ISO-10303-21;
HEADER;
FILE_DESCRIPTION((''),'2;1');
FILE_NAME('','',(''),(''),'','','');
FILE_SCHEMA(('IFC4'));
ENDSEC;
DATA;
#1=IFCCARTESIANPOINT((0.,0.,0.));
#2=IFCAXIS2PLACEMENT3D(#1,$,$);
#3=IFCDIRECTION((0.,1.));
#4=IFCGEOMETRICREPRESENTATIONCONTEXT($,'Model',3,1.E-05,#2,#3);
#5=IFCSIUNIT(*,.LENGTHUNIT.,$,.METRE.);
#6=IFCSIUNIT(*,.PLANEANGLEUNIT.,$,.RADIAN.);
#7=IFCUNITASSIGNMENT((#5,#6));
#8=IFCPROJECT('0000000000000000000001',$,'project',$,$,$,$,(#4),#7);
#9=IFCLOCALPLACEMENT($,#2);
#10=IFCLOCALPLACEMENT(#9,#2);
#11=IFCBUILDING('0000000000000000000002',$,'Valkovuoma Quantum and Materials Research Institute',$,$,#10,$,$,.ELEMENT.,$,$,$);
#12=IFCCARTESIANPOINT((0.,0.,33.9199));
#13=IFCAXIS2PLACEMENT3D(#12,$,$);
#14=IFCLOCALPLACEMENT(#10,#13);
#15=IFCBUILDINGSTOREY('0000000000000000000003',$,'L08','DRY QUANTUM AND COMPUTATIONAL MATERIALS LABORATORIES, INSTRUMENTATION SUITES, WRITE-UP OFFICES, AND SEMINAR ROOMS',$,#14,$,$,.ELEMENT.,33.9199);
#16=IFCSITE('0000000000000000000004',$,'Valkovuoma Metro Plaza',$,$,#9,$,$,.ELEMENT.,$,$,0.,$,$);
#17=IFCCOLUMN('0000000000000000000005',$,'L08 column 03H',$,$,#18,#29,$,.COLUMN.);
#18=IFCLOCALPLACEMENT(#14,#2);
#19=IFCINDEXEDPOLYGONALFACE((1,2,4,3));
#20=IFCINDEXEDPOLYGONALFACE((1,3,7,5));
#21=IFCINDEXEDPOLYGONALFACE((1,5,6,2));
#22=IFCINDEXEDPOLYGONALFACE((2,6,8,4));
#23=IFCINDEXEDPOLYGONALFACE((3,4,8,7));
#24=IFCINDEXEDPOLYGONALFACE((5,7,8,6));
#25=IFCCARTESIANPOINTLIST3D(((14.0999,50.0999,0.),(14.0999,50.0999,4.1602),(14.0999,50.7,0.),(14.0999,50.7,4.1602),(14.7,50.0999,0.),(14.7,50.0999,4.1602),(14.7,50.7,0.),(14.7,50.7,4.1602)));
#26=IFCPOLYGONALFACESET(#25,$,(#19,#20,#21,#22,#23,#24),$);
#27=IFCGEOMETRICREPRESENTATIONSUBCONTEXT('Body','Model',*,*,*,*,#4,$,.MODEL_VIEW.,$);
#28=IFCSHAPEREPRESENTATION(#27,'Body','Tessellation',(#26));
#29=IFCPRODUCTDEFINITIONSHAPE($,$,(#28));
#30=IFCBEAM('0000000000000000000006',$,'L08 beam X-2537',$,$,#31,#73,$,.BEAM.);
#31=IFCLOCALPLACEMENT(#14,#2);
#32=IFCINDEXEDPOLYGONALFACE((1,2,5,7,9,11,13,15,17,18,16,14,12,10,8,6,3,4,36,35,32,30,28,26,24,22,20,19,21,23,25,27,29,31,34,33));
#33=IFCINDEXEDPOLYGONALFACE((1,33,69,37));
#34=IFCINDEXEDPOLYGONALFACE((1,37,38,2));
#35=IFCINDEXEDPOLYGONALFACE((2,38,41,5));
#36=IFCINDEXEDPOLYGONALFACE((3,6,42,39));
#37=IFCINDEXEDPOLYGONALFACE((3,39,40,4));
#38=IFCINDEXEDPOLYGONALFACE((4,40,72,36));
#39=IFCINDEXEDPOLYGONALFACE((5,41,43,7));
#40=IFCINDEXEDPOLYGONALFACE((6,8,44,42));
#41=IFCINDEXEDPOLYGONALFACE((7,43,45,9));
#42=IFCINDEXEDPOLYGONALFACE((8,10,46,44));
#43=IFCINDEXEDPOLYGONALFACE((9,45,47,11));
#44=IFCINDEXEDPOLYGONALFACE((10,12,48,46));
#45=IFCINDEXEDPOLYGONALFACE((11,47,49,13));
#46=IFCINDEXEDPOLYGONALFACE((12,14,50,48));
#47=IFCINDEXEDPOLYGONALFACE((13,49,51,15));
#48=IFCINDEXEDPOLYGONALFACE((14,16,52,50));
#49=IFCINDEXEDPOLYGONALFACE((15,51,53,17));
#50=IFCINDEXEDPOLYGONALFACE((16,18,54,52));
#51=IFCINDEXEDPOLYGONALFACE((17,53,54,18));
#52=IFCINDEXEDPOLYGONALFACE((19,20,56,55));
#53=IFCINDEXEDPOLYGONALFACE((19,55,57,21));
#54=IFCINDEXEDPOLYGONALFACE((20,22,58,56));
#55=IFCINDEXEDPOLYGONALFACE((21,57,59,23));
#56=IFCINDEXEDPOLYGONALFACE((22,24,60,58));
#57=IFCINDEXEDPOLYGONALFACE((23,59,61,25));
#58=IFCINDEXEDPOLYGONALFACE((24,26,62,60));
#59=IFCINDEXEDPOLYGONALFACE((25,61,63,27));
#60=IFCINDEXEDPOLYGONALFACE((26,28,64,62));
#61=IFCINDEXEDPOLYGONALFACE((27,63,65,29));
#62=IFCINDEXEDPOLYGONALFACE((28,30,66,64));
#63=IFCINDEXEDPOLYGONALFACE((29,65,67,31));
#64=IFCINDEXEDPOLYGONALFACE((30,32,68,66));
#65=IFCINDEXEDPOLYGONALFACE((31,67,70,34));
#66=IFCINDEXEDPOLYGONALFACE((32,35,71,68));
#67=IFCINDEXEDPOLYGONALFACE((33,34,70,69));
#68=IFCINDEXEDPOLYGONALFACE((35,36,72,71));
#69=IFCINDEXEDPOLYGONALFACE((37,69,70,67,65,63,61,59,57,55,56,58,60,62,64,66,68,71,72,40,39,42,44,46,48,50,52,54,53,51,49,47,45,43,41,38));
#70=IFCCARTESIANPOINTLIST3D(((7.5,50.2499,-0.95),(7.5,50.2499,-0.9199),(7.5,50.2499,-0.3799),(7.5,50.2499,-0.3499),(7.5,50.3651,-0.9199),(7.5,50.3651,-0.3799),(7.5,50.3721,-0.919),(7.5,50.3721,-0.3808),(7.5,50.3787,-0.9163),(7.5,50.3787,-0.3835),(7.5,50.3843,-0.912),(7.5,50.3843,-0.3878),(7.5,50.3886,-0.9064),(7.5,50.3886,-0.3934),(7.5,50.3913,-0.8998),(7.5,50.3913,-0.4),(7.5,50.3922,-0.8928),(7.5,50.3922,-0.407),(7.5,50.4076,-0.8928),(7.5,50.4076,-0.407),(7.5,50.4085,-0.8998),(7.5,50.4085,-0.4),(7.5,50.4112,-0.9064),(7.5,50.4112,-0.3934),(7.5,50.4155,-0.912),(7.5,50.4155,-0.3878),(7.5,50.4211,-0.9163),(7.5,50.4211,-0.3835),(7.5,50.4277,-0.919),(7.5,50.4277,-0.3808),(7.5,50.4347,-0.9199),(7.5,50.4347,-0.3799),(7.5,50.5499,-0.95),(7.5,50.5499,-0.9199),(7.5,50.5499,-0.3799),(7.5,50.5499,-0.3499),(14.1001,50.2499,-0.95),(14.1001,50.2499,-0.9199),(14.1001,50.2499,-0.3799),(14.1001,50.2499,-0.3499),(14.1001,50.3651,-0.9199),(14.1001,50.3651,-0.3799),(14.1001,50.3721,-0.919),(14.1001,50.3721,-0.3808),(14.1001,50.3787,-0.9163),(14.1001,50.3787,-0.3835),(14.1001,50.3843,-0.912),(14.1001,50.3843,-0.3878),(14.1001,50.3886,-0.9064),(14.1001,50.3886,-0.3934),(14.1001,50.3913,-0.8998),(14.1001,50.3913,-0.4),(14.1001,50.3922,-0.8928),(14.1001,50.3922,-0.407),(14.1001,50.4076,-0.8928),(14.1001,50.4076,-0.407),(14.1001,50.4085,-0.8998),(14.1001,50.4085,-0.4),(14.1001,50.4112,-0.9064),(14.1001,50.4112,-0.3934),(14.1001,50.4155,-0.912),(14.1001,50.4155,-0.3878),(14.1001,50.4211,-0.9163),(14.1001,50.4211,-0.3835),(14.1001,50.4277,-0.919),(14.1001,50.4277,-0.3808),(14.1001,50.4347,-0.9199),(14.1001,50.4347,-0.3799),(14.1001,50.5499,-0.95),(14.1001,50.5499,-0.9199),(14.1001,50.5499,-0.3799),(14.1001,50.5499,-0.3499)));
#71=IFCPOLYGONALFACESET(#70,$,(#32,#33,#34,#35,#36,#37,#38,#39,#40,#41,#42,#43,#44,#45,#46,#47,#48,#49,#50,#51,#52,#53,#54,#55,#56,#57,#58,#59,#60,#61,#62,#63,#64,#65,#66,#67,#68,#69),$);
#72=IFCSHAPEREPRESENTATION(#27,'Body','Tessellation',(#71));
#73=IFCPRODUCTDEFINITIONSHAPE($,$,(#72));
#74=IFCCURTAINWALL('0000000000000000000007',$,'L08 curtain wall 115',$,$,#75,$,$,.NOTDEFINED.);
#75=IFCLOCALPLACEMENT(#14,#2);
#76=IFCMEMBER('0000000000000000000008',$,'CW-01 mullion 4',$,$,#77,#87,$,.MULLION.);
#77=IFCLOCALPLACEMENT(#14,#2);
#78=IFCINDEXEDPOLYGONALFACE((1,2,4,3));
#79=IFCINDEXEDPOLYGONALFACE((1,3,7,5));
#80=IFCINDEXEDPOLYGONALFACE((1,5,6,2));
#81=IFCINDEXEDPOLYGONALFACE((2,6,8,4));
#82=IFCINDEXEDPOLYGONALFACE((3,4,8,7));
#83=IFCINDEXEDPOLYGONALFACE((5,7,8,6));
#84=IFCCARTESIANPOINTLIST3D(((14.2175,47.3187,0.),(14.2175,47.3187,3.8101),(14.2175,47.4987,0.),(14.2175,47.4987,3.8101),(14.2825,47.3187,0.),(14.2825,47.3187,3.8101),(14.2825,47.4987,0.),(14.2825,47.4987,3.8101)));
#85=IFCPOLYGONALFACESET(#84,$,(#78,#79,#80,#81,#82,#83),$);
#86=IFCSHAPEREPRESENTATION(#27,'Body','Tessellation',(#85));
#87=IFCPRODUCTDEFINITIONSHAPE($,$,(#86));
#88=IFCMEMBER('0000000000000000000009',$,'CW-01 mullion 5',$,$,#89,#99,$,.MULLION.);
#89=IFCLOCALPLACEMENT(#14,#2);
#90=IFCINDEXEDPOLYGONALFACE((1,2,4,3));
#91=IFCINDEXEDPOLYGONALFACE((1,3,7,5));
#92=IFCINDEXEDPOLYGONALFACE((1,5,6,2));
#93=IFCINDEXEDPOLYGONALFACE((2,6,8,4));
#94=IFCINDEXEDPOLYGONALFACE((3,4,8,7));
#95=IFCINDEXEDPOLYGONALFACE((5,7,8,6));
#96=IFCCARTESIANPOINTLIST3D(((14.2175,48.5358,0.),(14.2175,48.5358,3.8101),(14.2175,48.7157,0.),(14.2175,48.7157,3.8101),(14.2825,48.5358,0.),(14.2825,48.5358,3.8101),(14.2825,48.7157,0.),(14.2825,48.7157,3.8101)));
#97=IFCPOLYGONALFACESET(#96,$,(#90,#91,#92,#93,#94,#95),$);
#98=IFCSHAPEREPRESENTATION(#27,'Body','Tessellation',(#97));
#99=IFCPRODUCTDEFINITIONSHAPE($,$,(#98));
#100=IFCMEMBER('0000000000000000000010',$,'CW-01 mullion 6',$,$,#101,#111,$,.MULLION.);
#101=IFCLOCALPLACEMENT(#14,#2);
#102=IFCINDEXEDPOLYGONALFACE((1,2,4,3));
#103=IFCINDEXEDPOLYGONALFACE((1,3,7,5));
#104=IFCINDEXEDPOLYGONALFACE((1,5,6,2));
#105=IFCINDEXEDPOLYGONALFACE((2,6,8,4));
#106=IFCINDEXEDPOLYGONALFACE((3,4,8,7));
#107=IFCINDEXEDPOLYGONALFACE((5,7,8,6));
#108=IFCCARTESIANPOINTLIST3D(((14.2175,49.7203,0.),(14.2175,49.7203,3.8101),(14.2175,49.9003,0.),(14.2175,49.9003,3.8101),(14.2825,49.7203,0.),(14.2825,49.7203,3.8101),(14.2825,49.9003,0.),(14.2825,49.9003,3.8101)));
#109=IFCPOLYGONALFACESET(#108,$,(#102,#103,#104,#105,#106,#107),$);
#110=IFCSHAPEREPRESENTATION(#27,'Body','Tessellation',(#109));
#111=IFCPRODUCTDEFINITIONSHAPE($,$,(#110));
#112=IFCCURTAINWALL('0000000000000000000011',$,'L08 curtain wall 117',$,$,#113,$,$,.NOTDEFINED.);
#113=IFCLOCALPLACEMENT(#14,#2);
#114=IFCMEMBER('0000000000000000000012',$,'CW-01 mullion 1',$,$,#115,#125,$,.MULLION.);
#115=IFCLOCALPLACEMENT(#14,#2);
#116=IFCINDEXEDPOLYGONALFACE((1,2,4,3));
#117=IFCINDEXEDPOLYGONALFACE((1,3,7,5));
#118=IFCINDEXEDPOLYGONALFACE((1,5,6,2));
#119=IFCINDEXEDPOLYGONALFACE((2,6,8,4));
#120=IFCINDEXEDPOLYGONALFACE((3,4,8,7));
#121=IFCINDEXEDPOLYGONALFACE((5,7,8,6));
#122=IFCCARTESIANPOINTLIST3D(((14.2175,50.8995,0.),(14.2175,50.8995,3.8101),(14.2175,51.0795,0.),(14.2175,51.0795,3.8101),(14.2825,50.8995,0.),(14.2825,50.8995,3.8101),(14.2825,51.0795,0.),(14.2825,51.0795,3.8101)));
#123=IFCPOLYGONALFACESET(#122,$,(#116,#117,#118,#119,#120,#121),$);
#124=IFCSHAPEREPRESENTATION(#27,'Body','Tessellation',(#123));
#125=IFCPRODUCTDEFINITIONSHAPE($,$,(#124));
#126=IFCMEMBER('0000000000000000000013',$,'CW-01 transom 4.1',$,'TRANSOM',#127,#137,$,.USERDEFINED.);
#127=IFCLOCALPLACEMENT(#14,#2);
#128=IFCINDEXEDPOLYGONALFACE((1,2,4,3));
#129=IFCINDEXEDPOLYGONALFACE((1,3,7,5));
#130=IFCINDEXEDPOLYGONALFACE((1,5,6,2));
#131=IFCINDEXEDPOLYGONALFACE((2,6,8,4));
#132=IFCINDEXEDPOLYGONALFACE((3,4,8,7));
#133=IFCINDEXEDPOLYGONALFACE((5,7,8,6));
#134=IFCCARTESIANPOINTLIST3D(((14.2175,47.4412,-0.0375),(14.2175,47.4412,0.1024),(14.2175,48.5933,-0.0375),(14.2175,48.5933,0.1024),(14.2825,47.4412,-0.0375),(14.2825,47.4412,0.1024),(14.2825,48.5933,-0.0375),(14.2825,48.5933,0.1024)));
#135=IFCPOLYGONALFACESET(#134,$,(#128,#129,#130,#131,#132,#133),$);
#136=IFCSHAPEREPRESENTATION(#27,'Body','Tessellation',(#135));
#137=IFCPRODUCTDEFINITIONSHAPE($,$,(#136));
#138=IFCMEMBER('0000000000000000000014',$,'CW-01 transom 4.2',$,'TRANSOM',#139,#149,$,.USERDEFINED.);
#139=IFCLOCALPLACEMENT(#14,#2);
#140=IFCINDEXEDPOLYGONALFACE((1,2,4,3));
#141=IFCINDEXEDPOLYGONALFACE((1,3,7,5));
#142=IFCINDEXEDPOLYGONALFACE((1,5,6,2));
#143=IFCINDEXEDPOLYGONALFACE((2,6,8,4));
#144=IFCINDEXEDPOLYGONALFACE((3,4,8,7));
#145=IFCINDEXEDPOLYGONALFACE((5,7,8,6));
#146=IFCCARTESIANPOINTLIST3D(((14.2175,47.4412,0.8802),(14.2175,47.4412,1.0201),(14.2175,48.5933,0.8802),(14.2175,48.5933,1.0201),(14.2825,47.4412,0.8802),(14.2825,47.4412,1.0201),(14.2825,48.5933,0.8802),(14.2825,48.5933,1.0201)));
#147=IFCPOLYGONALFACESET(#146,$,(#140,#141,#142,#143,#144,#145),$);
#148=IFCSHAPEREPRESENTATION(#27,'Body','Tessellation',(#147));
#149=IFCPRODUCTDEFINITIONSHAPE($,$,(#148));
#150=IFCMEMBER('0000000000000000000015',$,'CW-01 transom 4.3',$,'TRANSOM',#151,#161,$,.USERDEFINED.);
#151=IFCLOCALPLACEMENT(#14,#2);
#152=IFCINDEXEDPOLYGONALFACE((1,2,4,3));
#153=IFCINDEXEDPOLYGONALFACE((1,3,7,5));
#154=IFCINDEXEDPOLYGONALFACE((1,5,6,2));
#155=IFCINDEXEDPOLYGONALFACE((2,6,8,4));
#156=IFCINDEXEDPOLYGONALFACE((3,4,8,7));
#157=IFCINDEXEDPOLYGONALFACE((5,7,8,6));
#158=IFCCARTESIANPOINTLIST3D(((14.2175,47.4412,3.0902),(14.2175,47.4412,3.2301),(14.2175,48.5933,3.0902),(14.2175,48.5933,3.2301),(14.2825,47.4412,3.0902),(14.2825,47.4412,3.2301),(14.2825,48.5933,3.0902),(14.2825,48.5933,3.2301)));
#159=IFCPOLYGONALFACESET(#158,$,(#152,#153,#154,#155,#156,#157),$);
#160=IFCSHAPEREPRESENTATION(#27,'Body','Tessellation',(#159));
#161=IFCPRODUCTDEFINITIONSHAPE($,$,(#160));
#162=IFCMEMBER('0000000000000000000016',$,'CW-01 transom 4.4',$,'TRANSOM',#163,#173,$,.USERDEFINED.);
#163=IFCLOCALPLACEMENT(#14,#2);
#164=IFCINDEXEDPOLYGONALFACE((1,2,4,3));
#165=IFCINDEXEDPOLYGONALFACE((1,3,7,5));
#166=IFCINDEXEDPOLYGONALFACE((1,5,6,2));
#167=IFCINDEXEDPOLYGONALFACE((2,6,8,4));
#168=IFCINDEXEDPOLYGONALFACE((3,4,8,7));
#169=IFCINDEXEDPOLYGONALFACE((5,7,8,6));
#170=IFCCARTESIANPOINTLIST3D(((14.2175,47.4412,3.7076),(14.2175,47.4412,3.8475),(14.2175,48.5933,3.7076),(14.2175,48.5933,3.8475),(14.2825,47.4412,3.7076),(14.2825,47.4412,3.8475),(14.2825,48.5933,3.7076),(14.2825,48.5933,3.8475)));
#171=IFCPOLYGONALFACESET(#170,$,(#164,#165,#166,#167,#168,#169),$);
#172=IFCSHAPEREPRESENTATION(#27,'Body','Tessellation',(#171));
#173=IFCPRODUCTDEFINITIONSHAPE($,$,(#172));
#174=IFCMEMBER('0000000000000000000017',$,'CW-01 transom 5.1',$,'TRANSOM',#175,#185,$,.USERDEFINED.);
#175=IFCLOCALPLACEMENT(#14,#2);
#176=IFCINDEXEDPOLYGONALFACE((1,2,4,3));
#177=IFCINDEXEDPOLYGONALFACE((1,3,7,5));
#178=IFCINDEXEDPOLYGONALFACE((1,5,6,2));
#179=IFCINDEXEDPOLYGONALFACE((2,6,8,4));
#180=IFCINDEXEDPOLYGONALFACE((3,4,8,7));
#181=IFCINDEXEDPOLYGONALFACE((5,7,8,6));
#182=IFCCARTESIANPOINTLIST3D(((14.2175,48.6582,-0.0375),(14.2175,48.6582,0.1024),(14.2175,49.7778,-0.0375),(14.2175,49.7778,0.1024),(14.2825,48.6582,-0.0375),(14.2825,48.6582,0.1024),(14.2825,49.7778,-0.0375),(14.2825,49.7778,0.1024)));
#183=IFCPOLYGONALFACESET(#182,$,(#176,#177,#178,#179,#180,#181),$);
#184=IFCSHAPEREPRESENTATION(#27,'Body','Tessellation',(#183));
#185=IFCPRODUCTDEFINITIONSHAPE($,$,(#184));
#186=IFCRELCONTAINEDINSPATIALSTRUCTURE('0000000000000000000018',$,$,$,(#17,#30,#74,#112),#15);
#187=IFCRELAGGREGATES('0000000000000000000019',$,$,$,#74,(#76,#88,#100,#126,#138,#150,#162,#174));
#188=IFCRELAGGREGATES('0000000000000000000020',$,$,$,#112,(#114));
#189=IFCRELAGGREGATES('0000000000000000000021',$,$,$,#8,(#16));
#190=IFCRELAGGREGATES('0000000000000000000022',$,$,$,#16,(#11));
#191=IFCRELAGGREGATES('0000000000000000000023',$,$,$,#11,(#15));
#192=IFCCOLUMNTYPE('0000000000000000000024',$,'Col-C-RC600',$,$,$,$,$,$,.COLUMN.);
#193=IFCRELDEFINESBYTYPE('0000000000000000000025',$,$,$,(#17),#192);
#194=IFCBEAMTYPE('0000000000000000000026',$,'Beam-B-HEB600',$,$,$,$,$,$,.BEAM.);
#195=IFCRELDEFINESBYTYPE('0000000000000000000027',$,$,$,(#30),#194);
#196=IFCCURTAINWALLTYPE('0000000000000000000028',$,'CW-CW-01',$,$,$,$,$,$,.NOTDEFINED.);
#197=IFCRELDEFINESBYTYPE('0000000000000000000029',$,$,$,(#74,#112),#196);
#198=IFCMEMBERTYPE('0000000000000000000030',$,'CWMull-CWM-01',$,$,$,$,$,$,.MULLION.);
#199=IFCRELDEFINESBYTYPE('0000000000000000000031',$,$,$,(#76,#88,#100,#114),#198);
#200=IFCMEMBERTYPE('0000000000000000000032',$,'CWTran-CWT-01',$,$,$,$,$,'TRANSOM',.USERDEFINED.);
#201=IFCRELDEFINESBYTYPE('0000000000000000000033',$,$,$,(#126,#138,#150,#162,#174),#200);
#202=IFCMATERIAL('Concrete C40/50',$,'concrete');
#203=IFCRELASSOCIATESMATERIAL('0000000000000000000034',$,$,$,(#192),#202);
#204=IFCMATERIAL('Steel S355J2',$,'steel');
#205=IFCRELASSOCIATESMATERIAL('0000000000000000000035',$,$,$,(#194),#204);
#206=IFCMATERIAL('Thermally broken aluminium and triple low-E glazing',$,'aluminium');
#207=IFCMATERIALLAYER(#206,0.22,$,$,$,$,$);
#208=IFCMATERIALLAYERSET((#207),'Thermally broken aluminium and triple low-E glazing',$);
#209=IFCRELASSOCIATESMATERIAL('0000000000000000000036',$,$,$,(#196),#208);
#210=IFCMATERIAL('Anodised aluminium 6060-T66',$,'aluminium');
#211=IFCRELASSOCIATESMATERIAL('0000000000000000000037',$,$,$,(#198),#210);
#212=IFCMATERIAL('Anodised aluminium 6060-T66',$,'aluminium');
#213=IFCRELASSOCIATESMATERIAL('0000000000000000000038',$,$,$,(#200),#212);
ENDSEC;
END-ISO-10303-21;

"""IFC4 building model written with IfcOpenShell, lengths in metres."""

from ifc_helpers import new_model, si_unit, direction, frame, origin, origin_2d, place, context, subcontext, project, spatial, rectangle, i_section, extrude, material, layer, layer_set, material_profile, profile_set, type_object, element, aggregate, save


model = new_model("IFC4")

# Units and contexts
model_context = context("Model", 3, precision=1e-05, world=origin(), true_north=direction((0.0, 1.0)))
body_context = subcontext(model_context, "Body", "Model", "MODEL_VIEW")
ifc_project = project(units=[si_unit("LENGTHUNIT", "METRE"), si_unit("PLANEANGLEUNIT", "RADIAN")], contexts=[model_context])

# Site, building, storey
site_placement = place(None, origin())
site = spatial("IfcSite", under=ifc_project, at=site_placement, Name="Valkovuoma Metro Plaza", CompositionType="ELEMENT", RefElevation=0.0)
building_placement = place(site_placement, origin())
building = spatial("IfcBuilding", under=site, at=building_placement, Name="Valkovuoma Quantum and Materials Research Institute", CompositionType="ELEMENT")
storey_placement = place(building_placement, frame((0.0, 0.0, 33.9199)))
storey = spatial("IfcBuildingStorey", under=building, at=storey_placement, Name="L08", Description="DRY QUANTUM AND COMPUTATIONAL MATERIALS LABORATORIES, INSTRUMENTATION SUITES, WRITE-UP OFFICES, AND SEMINAR ROOMS", CompositionType="ELEMENT", Elevation=33.9199)

# Column
ifc_material_1 = material(Name="Concrete C40/50", Category="concrete")
ifc_material_profile_1 = material_profile(ifc_material_1, rectangle(XDim=0.6001, YDim=0.6001, at=origin_2d()), Name="Concrete C40/50")
ifc_profile_set_1 = profile_set([ifc_material_profile_1], Name="Concrete C40/50")
column_type = type_object("IfcColumnType", Name="Col-C-RC600", PredefinedType="COLUMN", material=ifc_profile_set_1)
column_placement = place(storey_placement, frame((14.3999, 50.3999, 0.0), z_axis=(0.0, 0.0, 1.0), x_axis=(1.0, 0.0, 0.0)))
element("IfcColumn", 1, at=column_placement, inside=storey, type_object=column_type, Name="L08 column 03H", PredefinedType="COLUMN", context=body_context, shape_type="SweptSolid", body=[
    extrude(rectangle(XDim=0.6001, YDim=0.6001, at=origin_2d()), origin(), (0.0, 0.0, 1.0), 4.1602),
])

# Beam
ifc_material_2 = material(Name="Steel S355J2", Category="steel")
ifc_material_profile_2 = material_profile(ifc_material_2, i_section(OverallWidth=0.3, OverallDepth=0.6001, WebThickness=0.0154, FlangeThickness=0.03, FilletRadius=0.0271, at=origin_2d()), Name="Steel S355J2")
ifc_profile_set_2 = profile_set([ifc_material_profile_2], Name="Steel S355J2")
beam_type = type_object("IfcBeamType", Name="Beam-B-HEB600", PredefinedType="BEAM", material=ifc_profile_set_2)
beam_placement = place(storey_placement, frame((7.5, 50.3999, -0.6499), z_axis=(1.0, 0.0, 0.0), x_axis=(0.0, 1.0, 0.0)))
element("IfcBeam", 2, at=beam_placement, inside=storey, type_object=beam_type, Name="L08 beam X-2537", PredefinedType="BEAM", context=body_context, shape_type="SweptSolid", body=[
    extrude(i_section(OverallWidth=0.3, OverallDepth=0.6001, WebThickness=0.0154, FlangeThickness=0.03, FilletRadius=0.0271, at=origin_2d()), origin(), (0.0, 0.0, 1.0), 6.6001),
])

# Curtain wall, members
ifc_material_3 = material(Name="Thermally broken aluminium and triple low-E glazing", Category="aluminium")
ifc_layer_1 = layer(ifc_material_3, 0.22)
ifc_layer_set_1 = layer_set([ifc_layer_1], Name="Thermally broken aluminium and triple low-E glazing")
curtain_wall_type = type_object("IfcCurtainWallType", Name="CW-CW-01", PredefinedType="NOTDEFINED", material=ifc_layer_set_1)
curtain_wall_1_placement = place(storey_placement, origin())
curtain_wall_1 = element("IfcCurtainWall", 3, at=curtain_wall_1_placement, inside=storey, type_object=curtain_wall_type, Name="L08 curtain wall 115", PredefinedType="NOTDEFINED")
ifc_material_4 = material(Name="Anodised aluminium 6060-T66", Category="aluminium")
ifc_material_profile_3 = material_profile(ifc_material_4, rectangle(XDim=0.0649, YDim=0.1799, at=origin_2d()), Name="Anodised aluminium 6060-T66")
ifc_profile_set_3 = profile_set([ifc_material_profile_3], Name="Anodised aluminium 6060-T66")
member_type_1 = type_object("IfcMemberType", Name="CWMull-CWM-01", PredefinedType="MULLION", material=ifc_profile_set_3)
member_1_placement = place(storey_placement, frame((14.25, 47.4087, 0.0), z_axis=(0.0, 0.0, 1.0), x_axis=(-1.0, 0.0, 0.0)))
member_1 = element("IfcMember", 4, at=member_1_placement, type_object=member_type_1, Name="CW-01 mullion 4", PredefinedType="MULLION", context=body_context, shape_type="SweptSolid", body=[
    extrude(rectangle(XDim=0.0649, YDim=0.1799, at=origin_2d()), origin(), (0.0, 0.0, 1.0), 3.8101),
])
member_2_placement = place(storey_placement, frame((14.25, 48.6257, 0.0), z_axis=(0.0, 0.0, 1.0), x_axis=(-1.0, 0.0, 0.0)))
member_2 = element("IfcMember", 5, at=member_2_placement, type_object=member_type_1, Name="CW-01 mullion 5", PredefinedType="MULLION", context=body_context, shape_type="SweptSolid", body=[
    extrude(rectangle(XDim=0.0649, YDim=0.1799, at=origin_2d()), origin(), (0.0, 0.0, 1.0), 3.8101),
])
member_3_placement = place(storey_placement, frame((14.25, 49.8103, 0.0), z_axis=(0.0, 0.0, 1.0), x_axis=(-1.0, 0.0, 0.0)))
member_3 = element("IfcMember", 6, at=member_3_placement, type_object=member_type_1, Name="CW-01 mullion 6", PredefinedType="MULLION", context=body_context, shape_type="SweptSolid", body=[
    extrude(rectangle(XDim=0.0649, YDim=0.1799, at=origin_2d()), origin(), (0.0, 0.0, 1.0), 3.8101),
])

# Curtain wall, member
curtain_wall_2_placement = place(storey_placement, origin())
curtain_wall_2 = element("IfcCurtainWall", 7, at=curtain_wall_2_placement, inside=storey, type_object=curtain_wall_type, Name="L08 curtain wall 117", PredefinedType="NOTDEFINED")
member_4_placement = place(storey_placement, frame((14.25, 50.9895, 0.0), z_axis=(0.0, 0.0, 1.0), x_axis=(-1.0, 0.0, 0.0)))
member_4 = element("IfcMember", 8, at=member_4_placement, type_object=member_type_1, Name="CW-01 mullion 1", PredefinedType="MULLION", context=body_context, shape_type="SweptSolid", body=[
    extrude(rectangle(XDim=0.0649, YDim=0.1799, at=origin_2d()), origin(), (0.0, 0.0, 1.0), 3.8101),
])

# Members
ifc_material_5 = material(Name="Anodised aluminium 6060-T66", Category="aluminium")
ifc_material_profile_4 = material_profile(ifc_material_5, rectangle(XDim=0.0649, YDim=0.1399, at=origin_2d()), Name="Anodised aluminium 6060-T66")
ifc_profile_set_4 = profile_set([ifc_material_profile_4], Name="Anodised aluminium 6060-T66")
member_type_2 = type_object("IfcMemberType", Name="CWTran-CWT-01", ElementType="TRANSOM", PredefinedType="USERDEFINED", material=ifc_profile_set_4)
member_5_placement = place(storey_placement, frame((14.25, 47.4412, 0.0325), z_axis=(0.0, 1.0, 0.0), x_axis=(-1.0, 0.0, 0.0)))
member_5 = element("IfcMember", 9, at=member_5_placement, type_object=member_type_2, Name="CW-01 transom 4.1", ObjectType="TRANSOM", PredefinedType="USERDEFINED", context=body_context, shape_type="SweptSolid", body=[
    extrude(rectangle(XDim=0.0649, YDim=0.1399, at=origin_2d()), origin(), (0.0, 0.0, 1.0), 1.1521),
])
member_6_placement = place(storey_placement, frame((14.25, 47.4412, 0.9502), z_axis=(0.0, 1.0, 0.0), x_axis=(-1.0, 0.0, 0.0)))
member_6 = element("IfcMember", 10, at=member_6_placement, type_object=member_type_2, Name="CW-01 transom 4.2", ObjectType="TRANSOM", PredefinedType="USERDEFINED", context=body_context, shape_type="SweptSolid", body=[
    extrude(rectangle(XDim=0.0649, YDim=0.1399, at=origin_2d()), origin(), (0.0, 0.0, 1.0), 1.1521),
])
member_7_placement = place(storey_placement, frame((14.25, 47.4412, 3.1602), z_axis=(0.0, 1.0, 0.0), x_axis=(-1.0, 0.0, 0.0)))
member_7 = element("IfcMember", 11, at=member_7_placement, type_object=member_type_2, Name="CW-01 transom 4.3", ObjectType="TRANSOM", PredefinedType="USERDEFINED", context=body_context, shape_type="SweptSolid", body=[
    extrude(rectangle(XDim=0.0649, YDim=0.1399, at=origin_2d()), origin(), (0.0, 0.0, 1.0), 1.1521),
])
member_8_placement = place(storey_placement, frame((14.25, 47.4412, 3.7776), z_axis=(0.0, 1.0, 0.0), x_axis=(-1.0, 0.0, 0.0)))
member_8 = element("IfcMember", 12, at=member_8_placement, type_object=member_type_2, Name="CW-01 transom 4.4", ObjectType="TRANSOM", PredefinedType="USERDEFINED", context=body_context, shape_type="SweptSolid", body=[
    extrude(rectangle(XDim=0.0649, YDim=0.1399, at=origin_2d()), origin(), (0.0, 0.0, 1.0), 1.1521),
])
member_9_placement = place(storey_placement, frame((14.25, 48.6582, 0.0325), z_axis=(0.0, 1.0, 0.0), x_axis=(-1.0, 0.0, 0.0)))
member_9 = element("IfcMember", 13, at=member_9_placement, type_object=member_type_2, Name="CW-01 transom 5.1", ObjectType="TRANSOM", PredefinedType="USERDEFINED", context=body_context, shape_type="SweptSolid", body=[
    extrude(rectangle(XDim=0.0649, YDim=0.1399, at=origin_2d()), origin(), (0.0, 0.0, 1.0), 1.1196),
])

aggregate(curtain_wall_1, [member_1, member_2, member_3, member_5, member_6, member_7, member_8, member_9])
aggregate(curtain_wall_2, [member_4])

save(model, "model.ifc")
